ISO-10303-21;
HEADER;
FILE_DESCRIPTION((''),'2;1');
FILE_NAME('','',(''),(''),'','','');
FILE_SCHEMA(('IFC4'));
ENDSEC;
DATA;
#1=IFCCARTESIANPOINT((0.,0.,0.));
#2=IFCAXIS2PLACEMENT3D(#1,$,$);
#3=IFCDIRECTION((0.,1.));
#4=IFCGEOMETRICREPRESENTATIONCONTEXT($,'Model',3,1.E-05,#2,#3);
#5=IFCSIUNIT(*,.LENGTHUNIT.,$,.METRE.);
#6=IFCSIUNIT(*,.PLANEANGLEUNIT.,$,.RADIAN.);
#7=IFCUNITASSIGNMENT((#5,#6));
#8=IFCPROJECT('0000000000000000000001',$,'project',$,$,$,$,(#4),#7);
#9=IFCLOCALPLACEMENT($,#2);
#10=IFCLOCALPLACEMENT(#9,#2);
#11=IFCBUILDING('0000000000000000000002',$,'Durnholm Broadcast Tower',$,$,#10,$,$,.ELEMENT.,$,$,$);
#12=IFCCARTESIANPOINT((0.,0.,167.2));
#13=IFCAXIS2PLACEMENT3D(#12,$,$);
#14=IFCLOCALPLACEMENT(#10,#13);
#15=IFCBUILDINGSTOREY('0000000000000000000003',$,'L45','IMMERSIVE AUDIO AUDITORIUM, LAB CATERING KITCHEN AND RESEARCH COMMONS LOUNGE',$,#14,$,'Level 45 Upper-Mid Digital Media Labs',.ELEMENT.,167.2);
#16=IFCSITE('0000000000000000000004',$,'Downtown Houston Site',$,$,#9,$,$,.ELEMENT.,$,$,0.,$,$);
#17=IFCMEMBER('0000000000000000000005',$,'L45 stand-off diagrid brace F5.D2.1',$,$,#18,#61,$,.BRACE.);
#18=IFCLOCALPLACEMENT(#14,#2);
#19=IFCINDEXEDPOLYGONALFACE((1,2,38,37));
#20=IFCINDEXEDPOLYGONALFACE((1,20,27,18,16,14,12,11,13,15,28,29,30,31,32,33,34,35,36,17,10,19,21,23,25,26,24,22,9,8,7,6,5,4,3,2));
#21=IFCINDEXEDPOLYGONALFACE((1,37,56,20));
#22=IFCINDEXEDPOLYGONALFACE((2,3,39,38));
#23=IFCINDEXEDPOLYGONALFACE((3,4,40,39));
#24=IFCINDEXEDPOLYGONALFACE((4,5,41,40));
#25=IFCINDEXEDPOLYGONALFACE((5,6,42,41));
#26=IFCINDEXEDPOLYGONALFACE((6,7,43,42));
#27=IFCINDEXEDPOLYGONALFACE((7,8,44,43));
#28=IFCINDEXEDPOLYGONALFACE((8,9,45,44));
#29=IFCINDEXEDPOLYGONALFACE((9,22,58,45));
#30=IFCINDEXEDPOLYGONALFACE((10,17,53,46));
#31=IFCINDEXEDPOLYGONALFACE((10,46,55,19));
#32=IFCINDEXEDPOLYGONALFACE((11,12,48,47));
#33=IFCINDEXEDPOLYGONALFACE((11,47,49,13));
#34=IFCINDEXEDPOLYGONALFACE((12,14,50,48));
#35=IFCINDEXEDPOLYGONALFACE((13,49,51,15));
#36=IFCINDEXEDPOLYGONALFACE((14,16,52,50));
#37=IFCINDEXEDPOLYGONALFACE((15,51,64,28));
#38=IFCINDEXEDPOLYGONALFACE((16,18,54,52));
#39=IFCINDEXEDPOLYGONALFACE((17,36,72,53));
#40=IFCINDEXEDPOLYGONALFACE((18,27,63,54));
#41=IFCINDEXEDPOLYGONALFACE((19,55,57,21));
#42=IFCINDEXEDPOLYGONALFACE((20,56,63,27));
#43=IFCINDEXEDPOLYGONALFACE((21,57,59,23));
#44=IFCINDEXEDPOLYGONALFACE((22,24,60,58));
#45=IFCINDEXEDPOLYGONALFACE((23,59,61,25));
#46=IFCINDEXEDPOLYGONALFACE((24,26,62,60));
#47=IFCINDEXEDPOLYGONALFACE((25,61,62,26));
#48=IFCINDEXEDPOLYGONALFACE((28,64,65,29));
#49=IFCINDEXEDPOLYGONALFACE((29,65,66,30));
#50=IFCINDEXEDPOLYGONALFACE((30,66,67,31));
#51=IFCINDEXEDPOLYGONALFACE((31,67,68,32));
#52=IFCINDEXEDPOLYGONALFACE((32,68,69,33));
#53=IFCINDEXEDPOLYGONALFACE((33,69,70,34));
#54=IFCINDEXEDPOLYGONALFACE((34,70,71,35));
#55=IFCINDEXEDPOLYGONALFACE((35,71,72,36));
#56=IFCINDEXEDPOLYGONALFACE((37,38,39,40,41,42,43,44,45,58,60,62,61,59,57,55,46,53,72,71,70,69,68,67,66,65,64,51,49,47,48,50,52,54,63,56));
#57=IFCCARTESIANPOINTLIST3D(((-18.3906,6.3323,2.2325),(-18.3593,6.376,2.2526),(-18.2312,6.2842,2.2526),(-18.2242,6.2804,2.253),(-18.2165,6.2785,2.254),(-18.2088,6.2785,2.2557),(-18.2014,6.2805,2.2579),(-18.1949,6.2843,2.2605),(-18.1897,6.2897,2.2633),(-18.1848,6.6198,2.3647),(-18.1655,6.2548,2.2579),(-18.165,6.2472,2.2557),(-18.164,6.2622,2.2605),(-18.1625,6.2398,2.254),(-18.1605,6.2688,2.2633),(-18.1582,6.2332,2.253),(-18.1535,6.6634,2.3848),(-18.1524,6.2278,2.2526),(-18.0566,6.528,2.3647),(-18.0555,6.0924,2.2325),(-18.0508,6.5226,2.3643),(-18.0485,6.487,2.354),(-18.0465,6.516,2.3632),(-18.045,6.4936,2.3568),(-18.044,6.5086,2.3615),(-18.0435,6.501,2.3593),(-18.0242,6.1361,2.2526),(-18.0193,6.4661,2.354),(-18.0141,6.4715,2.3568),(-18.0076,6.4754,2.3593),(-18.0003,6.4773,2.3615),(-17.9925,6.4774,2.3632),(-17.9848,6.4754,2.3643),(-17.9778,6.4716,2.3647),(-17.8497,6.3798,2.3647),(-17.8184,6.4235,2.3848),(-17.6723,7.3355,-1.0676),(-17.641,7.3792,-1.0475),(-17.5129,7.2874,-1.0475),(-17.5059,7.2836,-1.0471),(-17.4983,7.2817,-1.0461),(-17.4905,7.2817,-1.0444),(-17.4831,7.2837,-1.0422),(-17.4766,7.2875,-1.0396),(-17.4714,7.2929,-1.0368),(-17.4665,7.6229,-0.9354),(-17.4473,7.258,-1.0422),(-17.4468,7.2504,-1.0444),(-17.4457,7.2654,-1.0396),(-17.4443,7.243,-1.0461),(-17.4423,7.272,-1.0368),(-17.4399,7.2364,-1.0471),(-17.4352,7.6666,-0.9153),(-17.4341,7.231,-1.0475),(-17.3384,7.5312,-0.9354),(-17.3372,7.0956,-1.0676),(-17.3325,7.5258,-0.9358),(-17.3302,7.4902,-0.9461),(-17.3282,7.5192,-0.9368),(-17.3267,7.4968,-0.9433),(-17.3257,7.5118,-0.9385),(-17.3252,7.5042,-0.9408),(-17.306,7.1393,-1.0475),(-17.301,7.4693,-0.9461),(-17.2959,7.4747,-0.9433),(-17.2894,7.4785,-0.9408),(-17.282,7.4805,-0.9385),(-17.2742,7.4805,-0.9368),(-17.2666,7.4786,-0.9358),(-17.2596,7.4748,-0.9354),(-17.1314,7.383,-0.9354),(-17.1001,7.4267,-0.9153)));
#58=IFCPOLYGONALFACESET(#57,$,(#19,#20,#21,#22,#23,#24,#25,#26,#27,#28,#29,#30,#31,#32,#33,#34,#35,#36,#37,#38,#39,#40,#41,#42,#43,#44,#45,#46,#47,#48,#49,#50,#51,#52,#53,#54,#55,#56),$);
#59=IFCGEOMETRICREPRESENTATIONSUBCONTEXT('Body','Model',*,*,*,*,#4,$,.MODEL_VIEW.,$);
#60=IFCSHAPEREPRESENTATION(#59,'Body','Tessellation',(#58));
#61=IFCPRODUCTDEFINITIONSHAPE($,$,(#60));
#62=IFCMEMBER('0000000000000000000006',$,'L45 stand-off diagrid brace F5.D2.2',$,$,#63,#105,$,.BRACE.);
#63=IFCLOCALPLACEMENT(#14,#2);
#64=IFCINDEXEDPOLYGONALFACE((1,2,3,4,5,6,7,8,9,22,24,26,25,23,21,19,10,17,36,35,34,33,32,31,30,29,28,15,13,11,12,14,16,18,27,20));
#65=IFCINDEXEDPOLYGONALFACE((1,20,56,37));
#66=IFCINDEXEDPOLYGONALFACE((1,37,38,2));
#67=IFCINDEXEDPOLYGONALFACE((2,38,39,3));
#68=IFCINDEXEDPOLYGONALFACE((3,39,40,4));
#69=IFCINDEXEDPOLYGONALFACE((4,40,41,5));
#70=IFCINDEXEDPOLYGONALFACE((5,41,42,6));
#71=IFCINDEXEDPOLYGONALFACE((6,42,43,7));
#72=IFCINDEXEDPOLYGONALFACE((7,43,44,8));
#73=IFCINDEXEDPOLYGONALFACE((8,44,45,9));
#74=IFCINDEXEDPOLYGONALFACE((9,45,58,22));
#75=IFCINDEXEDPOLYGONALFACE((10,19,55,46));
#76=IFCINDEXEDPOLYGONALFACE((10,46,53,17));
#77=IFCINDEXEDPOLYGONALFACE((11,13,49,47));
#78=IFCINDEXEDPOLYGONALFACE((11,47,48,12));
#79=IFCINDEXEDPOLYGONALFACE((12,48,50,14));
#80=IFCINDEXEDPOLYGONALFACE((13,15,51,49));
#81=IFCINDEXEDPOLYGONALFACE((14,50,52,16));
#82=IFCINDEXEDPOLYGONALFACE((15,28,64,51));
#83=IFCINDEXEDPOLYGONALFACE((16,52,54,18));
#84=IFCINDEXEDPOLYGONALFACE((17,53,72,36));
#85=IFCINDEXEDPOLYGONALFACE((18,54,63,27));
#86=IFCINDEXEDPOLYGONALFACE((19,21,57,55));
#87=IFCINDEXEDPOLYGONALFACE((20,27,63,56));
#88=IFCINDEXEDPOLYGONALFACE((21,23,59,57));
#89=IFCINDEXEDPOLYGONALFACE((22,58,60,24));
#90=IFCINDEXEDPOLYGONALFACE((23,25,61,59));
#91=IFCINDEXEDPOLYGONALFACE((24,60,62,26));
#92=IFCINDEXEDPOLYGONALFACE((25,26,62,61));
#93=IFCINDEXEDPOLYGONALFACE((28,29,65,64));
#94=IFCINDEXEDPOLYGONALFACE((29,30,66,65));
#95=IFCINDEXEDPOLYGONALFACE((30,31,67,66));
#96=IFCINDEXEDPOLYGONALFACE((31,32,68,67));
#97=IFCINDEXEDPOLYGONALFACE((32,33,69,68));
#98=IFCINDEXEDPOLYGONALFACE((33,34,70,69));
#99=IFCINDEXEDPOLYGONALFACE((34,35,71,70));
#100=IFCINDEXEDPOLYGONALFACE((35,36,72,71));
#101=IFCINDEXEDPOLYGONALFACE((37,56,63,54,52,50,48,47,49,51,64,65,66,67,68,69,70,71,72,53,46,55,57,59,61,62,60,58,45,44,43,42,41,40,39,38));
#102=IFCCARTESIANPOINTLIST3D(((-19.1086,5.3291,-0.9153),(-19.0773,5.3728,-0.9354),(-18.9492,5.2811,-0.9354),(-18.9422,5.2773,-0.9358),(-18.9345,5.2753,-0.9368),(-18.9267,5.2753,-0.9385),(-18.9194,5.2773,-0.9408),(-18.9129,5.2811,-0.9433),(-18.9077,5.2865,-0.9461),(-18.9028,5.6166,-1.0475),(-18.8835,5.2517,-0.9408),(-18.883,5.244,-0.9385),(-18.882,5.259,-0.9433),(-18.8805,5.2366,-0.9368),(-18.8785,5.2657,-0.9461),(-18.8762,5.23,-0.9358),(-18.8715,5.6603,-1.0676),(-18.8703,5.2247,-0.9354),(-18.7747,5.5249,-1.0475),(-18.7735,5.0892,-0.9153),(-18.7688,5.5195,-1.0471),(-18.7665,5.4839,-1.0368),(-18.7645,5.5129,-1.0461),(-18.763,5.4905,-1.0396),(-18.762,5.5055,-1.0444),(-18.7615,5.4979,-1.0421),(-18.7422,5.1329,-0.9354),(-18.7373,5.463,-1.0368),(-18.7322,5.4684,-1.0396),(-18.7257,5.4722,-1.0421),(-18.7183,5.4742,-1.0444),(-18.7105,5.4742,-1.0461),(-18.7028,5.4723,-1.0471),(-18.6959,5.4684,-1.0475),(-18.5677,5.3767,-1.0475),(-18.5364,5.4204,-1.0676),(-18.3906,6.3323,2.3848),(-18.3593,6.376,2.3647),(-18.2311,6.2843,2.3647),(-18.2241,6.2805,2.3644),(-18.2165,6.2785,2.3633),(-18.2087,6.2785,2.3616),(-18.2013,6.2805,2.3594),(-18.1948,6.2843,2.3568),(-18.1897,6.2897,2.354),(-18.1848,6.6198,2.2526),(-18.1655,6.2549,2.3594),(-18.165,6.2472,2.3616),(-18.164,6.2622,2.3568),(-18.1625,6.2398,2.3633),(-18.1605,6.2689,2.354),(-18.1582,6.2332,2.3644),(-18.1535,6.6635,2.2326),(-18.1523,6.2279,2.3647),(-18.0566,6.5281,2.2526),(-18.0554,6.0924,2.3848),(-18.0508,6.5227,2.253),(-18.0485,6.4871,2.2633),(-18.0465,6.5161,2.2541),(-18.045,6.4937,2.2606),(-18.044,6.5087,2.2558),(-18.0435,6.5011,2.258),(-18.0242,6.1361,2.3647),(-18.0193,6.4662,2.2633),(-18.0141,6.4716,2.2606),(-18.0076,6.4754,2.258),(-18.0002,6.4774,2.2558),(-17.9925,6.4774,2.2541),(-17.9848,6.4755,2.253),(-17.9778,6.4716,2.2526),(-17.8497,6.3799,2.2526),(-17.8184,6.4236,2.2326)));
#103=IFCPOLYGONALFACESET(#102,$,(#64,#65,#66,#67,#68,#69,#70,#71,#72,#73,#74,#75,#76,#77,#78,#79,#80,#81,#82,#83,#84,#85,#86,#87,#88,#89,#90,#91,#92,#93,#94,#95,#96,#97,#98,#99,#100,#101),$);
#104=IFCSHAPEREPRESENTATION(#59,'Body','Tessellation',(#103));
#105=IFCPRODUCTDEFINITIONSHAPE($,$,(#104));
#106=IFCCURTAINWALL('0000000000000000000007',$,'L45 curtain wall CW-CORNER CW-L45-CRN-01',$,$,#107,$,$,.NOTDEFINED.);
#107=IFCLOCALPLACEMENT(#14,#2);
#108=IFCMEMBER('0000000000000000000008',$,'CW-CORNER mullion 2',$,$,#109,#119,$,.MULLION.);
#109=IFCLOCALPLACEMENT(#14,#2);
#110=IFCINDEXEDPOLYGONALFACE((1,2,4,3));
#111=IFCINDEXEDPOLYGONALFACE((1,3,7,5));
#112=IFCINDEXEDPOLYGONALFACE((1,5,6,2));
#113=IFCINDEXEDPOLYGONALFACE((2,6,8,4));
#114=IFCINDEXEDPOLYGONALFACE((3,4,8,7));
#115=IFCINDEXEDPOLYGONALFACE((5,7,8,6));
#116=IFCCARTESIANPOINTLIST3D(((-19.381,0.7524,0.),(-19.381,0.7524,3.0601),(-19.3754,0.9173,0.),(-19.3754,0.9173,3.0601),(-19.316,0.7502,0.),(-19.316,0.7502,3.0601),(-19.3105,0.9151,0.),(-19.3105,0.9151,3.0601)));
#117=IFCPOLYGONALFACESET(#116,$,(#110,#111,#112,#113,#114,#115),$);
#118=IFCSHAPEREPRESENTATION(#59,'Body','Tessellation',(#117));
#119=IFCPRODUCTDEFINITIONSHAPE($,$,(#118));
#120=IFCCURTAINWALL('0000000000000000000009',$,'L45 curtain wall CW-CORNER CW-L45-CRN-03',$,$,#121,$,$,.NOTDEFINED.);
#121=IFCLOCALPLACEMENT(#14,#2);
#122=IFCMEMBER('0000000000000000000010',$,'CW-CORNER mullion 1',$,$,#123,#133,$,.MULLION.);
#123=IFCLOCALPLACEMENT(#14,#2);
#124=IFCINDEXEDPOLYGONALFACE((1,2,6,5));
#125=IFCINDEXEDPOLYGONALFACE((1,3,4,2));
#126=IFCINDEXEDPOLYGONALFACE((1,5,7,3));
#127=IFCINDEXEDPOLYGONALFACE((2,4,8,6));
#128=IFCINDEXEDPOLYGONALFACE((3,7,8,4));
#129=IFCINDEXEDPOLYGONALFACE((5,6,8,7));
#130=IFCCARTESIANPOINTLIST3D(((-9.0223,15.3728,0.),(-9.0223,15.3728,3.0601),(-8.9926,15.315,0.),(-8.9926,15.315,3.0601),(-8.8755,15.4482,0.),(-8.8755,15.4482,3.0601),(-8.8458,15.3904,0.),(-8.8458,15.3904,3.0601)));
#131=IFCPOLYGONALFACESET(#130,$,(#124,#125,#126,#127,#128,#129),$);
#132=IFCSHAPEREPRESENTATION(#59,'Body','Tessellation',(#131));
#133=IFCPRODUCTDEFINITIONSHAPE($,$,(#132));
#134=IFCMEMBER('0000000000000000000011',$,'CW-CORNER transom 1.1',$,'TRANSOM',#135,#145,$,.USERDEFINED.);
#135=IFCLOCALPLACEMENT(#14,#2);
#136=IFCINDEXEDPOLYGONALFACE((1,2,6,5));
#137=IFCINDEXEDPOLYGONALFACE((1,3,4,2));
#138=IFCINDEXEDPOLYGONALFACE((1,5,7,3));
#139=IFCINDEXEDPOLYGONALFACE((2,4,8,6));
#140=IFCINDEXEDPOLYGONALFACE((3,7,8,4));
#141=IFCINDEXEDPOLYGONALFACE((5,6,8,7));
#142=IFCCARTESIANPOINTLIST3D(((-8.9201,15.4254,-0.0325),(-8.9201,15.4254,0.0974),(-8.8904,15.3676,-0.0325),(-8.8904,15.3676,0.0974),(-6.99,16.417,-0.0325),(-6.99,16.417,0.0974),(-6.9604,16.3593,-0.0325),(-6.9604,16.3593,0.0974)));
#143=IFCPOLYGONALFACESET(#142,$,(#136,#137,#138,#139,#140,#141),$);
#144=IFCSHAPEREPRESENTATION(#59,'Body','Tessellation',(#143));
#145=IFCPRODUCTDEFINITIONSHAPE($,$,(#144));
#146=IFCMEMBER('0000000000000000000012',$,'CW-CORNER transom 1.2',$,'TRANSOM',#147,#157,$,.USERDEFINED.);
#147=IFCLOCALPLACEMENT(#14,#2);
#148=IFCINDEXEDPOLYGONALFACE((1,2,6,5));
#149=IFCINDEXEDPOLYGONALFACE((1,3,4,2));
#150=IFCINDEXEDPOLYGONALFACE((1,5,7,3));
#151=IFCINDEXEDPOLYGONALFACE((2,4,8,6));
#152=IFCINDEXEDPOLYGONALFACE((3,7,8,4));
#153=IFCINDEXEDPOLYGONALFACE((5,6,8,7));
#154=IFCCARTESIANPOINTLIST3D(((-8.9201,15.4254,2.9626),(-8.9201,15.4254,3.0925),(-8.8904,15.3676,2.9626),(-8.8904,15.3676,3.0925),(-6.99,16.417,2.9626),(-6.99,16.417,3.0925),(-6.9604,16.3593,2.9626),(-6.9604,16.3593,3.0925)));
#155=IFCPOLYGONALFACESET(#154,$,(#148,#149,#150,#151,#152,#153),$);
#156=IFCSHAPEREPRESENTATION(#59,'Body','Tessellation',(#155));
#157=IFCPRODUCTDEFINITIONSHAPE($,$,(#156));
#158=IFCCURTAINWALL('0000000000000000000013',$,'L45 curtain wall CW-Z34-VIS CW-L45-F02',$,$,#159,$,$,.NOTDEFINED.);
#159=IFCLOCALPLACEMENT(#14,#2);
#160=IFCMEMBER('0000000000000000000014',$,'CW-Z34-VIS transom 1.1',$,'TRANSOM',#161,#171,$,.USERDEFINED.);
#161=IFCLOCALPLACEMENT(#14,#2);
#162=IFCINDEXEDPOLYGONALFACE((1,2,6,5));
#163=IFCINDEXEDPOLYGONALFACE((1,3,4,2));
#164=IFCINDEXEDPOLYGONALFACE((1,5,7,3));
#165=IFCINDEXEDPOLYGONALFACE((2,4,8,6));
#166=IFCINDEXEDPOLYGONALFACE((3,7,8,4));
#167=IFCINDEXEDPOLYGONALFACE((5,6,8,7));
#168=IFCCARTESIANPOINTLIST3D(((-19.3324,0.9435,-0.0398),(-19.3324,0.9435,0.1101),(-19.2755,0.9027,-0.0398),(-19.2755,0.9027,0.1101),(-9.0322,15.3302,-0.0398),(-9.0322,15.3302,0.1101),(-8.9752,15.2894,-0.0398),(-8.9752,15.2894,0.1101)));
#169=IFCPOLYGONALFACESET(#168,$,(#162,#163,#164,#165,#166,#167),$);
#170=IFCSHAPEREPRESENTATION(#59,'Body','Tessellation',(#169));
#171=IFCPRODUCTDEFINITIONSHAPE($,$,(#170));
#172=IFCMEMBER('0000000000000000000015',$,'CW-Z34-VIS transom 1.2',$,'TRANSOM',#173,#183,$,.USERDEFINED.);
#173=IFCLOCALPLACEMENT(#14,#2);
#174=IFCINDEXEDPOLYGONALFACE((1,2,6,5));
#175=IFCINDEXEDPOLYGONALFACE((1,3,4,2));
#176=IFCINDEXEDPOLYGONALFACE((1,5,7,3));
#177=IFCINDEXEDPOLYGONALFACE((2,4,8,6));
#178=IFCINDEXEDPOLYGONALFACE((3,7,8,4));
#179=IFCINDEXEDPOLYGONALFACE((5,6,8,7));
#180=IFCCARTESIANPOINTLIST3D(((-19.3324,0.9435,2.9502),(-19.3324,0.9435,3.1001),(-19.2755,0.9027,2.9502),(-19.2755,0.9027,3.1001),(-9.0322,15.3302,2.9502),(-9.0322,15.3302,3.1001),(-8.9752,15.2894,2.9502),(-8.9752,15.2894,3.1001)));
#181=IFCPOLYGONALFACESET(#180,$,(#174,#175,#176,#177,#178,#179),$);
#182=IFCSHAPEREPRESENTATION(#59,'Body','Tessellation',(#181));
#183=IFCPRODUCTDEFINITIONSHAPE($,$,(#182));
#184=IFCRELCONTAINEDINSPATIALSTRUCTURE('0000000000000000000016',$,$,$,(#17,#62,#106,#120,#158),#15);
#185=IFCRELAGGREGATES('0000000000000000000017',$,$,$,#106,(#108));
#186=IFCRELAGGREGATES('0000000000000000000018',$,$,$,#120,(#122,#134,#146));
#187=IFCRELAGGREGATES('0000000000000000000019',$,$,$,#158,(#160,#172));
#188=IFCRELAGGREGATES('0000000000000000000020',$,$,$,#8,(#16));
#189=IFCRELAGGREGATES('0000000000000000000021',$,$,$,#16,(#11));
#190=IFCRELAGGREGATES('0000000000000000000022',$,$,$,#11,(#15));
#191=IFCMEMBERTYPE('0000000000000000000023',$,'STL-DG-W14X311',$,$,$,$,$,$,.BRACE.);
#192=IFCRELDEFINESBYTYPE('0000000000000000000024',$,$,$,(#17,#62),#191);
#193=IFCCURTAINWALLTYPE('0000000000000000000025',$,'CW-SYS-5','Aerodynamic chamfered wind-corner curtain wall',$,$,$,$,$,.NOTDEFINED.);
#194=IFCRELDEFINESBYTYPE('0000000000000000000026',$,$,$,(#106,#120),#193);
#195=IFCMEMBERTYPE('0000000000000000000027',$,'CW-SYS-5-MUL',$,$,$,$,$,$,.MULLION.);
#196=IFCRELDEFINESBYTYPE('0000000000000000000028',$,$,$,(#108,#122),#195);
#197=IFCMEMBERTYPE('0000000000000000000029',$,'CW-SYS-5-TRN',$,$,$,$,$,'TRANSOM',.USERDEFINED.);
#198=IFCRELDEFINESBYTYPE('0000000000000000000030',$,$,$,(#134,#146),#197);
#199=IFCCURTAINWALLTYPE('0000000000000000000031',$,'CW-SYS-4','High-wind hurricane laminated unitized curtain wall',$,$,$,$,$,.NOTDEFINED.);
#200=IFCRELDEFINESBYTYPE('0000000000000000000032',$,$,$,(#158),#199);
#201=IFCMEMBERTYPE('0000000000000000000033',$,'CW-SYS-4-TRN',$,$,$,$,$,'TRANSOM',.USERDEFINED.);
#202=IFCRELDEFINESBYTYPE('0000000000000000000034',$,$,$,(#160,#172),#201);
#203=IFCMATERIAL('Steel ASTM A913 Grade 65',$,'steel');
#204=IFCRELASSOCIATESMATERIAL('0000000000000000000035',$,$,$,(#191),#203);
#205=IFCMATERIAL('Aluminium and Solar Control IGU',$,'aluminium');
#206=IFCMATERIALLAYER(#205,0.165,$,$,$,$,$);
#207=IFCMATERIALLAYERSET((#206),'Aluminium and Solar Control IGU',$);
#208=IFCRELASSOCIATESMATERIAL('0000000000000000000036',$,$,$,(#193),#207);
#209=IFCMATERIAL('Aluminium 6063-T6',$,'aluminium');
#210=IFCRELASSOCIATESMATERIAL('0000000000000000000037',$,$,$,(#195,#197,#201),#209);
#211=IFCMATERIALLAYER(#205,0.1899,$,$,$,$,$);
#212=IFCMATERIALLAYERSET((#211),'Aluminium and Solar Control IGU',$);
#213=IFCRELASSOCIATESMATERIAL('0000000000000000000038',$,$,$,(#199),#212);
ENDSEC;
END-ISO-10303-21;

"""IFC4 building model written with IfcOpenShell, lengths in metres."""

from ifc_helpers import new_model, si_unit, direction, frame, origin, origin_2d, place, context, subcontext, project, spatial, rectangle, i_section, extrude, source, transform, mapped, material, layer, layer_set, material_profile, profile_set, type_object, type_shapes, element, aggregate, save


model = new_model("IFC4")

# Units and contexts
model_context = context("Model", 3, precision=1e-05, world=origin(), true_north=direction((0.0, 1.0)))
body_context = subcontext(model_context, "Body", "Model", "MODEL_VIEW")
ifc_project = project(units=[si_unit("LENGTHUNIT", "METRE"), si_unit("PLANEANGLEUNIT", "RADIAN")], contexts=[model_context])

# Site, building, storey
site_placement = place(None, origin())
site = spatial("IfcSite", under=ifc_project, at=site_placement, Name="Downtown Houston Site", CompositionType="ELEMENT", RefElevation=0.0)
building_placement = place(site_placement, origin())
building = spatial("IfcBuilding", under=site, at=building_placement, Name="Durnholm Broadcast Tower", CompositionType="ELEMENT")
storey_placement = place(building_placement, frame((0.0, 0.0, 167.2)))
storey = spatial("IfcBuildingStorey", under=building, at=storey_placement, Name="L45", Description="IMMERSIVE AUDIO AUDITORIUM, LAB CATERING KITCHEN AND RESEARCH COMMONS LOUNGE", LongName="Level 45 Upper-Mid Digital Media Labs", CompositionType="ELEMENT", Elevation=167.2)

# Members
ifc_material_1 = material(Name="Steel ASTM A913 Grade 65", Category="steel")
ifc_material_profile_1 = material_profile(ifc_material_1, i_section(OverallWidth=0.4121, OverallDepth=0.4348, WebThickness=0.0359, FlangeThickness=0.0574, FilletRadius=0.0305, at=origin_2d()), Name="W14X311")
ifc_profile_set_1 = profile_set([ifc_material_profile_1], Name="Steel ASTM A913 Grade 65")
member_type_1 = type_object("IfcMemberType", Name="STL-DG-W14X311", PredefinedType="BRACE", material=ifc_profile_set_1)
shared_shape_1 = source(origin(), body_context, "Body", "SweptSolid", [
    extrude(i_section(OverallWidth=0.4121, OverallDepth=0.4348, WebThickness=0.0359, FlangeThickness=0.0574, FilletRadius=0.0305, at=origin_2d()), origin(), (0.0, 0.0, 1.0), 3.5232),
])
type_shapes(member_type_1, [shared_shape_1])
for number, where, z_axis, x_axis, name in (
    (1, (-17.3862, 7.3811, -0.9915), (-0.203869, -0.284738, 0.936676), (0.813078, -0.582155, 0.0), "L45 stand-off diagrid brace F5.D2.1"),
    (2, (-18.8225, 5.3748, -0.9915), (0.203803, 0.284742, 0.936689), (-0.813171, 0.582024, 0.0), "L45 stand-off diagrid brace F5.D2.2"),
):
    element("IfcMember", number, at=place(storey_placement, frame(where, z_axis=z_axis, x_axis=x_axis)), inside=storey, type_object=member_type_1, Name=name, PredefinedType="BRACE", context=body_context, shape_type="MappedRepresentation", body=[
        mapped(shared_shape_1, transform((0.0, 0.0, 0.0), x_axis=(1.0, 0.0, 0.0), y_axis=(0.0, 1.0, 0.0), z_axis=(0.0, 0.0, 1.0), scale=1.0)),
    ])

# Curtain wall, member
ifc_material_2 = material(Name="Aluminium and Solar Control IGU", Category="aluminium")
ifc_layer_1 = layer(ifc_material_2, 0.165)
ifc_layer_set_1 = layer_set([ifc_layer_1], Name="Aluminium and Solar Control IGU")
curtain_wall_type_1 = type_object("IfcCurtainWallType", Name="CW-SYS-5", Description="Aerodynamic chamfered wind-corner curtain wall", PredefinedType="NOTDEFINED", material=ifc_layer_set_1)
curtain_wall_1_placement = place(storey_placement, origin())
curtain_wall_1 = element("IfcCurtainWall", 3, at=curtain_wall_1_placement, inside=storey, type_object=curtain_wall_type_1, Name="L45 curtain wall CW-CORNER CW-L45-CRN-01", PredefinedType="NOTDEFINED")
ifc_material_3 = material(Name="Aluminium 6063-T6", Category="aluminium")
ifc_material_profile_2 = material_profile(ifc_material_3, rectangle(XDim=0.0649, YDim=0.165, at=origin_2d()), Name="CWM65X165")
ifc_profile_set_2 = profile_set([ifc_material_profile_2], Name="Aluminium 6063-T6")
member_type_2 = type_object("IfcMemberType", Name="CW-SYS-5-MUL", PredefinedType="MULLION", material=ifc_profile_set_2)
shared_shape_2 = source(origin(), body_context, "Body", "SweptSolid", [
    extrude(rectangle(XDim=0.0649, YDim=0.165, at=origin_2d()), origin(), (0.0, 0.0, 1.0), 3.0601),
])
type_shapes(member_type_2, [shared_shape_2])
member_1_placement = place(storey_placement, frame((-19.3457, 0.8337, 0.0), z_axis=(0.0, 0.0, 1.0), x_axis=(-0.999425, 0.033913, 0.0)))
member_1 = element("IfcMember", 4, at=member_1_placement, type_object=member_type_2, Name="CW-CORNER mullion 2", PredefinedType="MULLION", context=body_context, shape_type="MappedRepresentation", body=[
    mapped(shared_shape_2, transform((0.0, 0.0, 0.0), x_axis=(1.0, 0.0, 0.0), y_axis=(0.0, 1.0, 0.0), z_axis=(0.0, 0.0, 1.0), scale=1.0)),
])
aggregate(curtain_wall_1, [member_1])

# Curtain walls, members
curtain_wall_2_placement = place(storey_placement, origin())
curtain_wall_2 = element("IfcCurtainWall", 5, at=curtain_wall_2_placement, inside=storey, type_object=curtain_wall_type_1, Name="L45 curtain wall CW-CORNER CW-L45-CRN-03", PredefinedType="NOTDEFINED")
member_2_placement = place(storey_placement, frame((-8.9341, 15.3816, 0.0), z_axis=(0.0, 0.0, 1.0), x_axis=(-0.457082, 0.889425, 0.0)))
member_2 = element("IfcMember", 6, at=member_2_placement, type_object=member_type_2, Name="CW-CORNER mullion 1", PredefinedType="MULLION", context=body_context, shape_type="MappedRepresentation", body=[
    mapped(shared_shape_2, transform((0.0, 0.0, 0.0), x_axis=(1.0, 0.0, 0.0), y_axis=(0.0, 1.0, 0.0), z_axis=(0.0, 0.0, 1.0), scale=1.0)),
])
ifc_material_profile_3 = material_profile(ifc_material_3, rectangle(XDim=0.0649, YDim=0.1299, at=origin_2d()), Name="CWT65X130")
ifc_profile_set_3 = profile_set([ifc_material_profile_3], Name="Aluminium 6063-T6")
member_type_3 = type_object("IfcMemberType", Name="CW-SYS-5-TRN", ElementType="TRANSOM", PredefinedType="USERDEFINED", material=ifc_profile_set_3)
shared_shape_3 = source(origin(), body_context, "Body", "SweptSolid", [
    extrude(rectangle(XDim=0.0649, YDim=0.1299, at=origin_2d()), origin(), (0.0, 0.0, 1.0), 2.1699),
])
type_shapes(member_type_3, [shared_shape_3])
member_3_placement = place(storey_placement, frame((-8.9053, 15.3965, 0.0325), z_axis=(0.889468, 0.456997, 0.0), x_axis=(-0.456997, 0.889468, 0.0)))
member_3 = element("IfcMember", 7, at=member_3_placement, type_object=member_type_3, Name="CW-CORNER transom 1.1", ObjectType="TRANSOM", PredefinedType="USERDEFINED", context=body_context, shape_type="MappedRepresentation", body=[
    mapped(shared_shape_3, transform((0.0, 0.0, 0.0), x_axis=(1.0, 0.0, 0.0), y_axis=(0.0, 1.0, 0.0), z_axis=(0.0, 0.0, 1.0), scale=1.0)),
])
member_4_placement = place(storey_placement, frame((-8.9053, 15.3965, 3.0276), z_axis=(0.889468, 0.456997, 0.0), x_axis=(-0.456997, 0.889468, 0.0)))
member_4 = element("IfcMember", 8, at=member_4_placement, type_object=member_type_3, Name="CW-CORNER transom 1.2", ObjectType="TRANSOM", PredefinedType="USERDEFINED", context=body_context, shape_type="MappedRepresentation", body=[
    mapped(shared_shape_3, transform((0.0, 0.0, 0.0), x_axis=(1.0, 0.0, 0.0), y_axis=(0.0, 1.0, 0.0), z_axis=(0.0, 0.0, 1.0), scale=1.0)),
])
ifc_layer_2 = layer(ifc_material_2, 0.1899)
ifc_layer_set_2 = layer_set([ifc_layer_2], Name="Aluminium and Solar Control IGU")
curtain_wall_type_2 = type_object("IfcCurtainWallType", Name="CW-SYS-4", Description="High-wind hurricane laminated unitized curtain wall", PredefinedType="NOTDEFINED", material=ifc_layer_set_2)
curtain_wall_3_placement = place(storey_placement, origin())
curtain_wall_3 = element("IfcCurtainWall", 9, at=curtain_wall_3_placement, inside=storey, type_object=curtain_wall_type_2, Name="L45 curtain wall CW-Z34-VIS CW-L45-F02", PredefinedType="NOTDEFINED")
ifc_material_profile_4 = material_profile(ifc_material_3, rectangle(XDim=0.0701, YDim=0.1499, at=origin_2d()), Name="CWT70X150")
ifc_profile_set_4 = profile_set([ifc_material_profile_4], Name="Aluminium 6063-T6")
member_type_4 = type_object("IfcMemberType", Name="CW-SYS-4-TRN", ElementType="TRANSOM", PredefinedType="USERDEFINED", material=ifc_profile_set_4)
shared_shape_4 = source(origin(), body_context, "Body", "SweptSolid", [
    extrude(rectangle(XDim=0.0701, YDim=0.1499, at=origin_2d()), origin(), (0.0, 0.0, 1.0), 17.6938),
])
type_shapes(member_type_4, [shared_shape_4])
member_5_placement = place(storey_placement, frame((-19.304, 0.9231, 0.0352), z_axis=(0.582138, 0.81309, 0.0), x_axis=(-0.81309, 0.582138, 0.0)))
member_5 = element("IfcMember", 10, at=member_5_placement, type_object=member_type_4, Name="CW-Z34-VIS transom 1.1", ObjectType="TRANSOM", PredefinedType="USERDEFINED", context=body_context, shape_type="MappedRepresentation", body=[
    mapped(shared_shape_4, transform((0.0, 0.0, 0.0), x_axis=(1.0, 0.0, 0.0), y_axis=(0.0, 1.0, 0.0), z_axis=(0.0, 0.0, 1.0), scale=1.0)),
])
member_6_placement = place(storey_placement, frame((-19.304, 0.9231, 3.0251), z_axis=(0.582138, 0.81309, 0.0), x_axis=(-0.81309, 0.582138, 0.0)))
member_6 = element("IfcMember", 11, at=member_6_placement, type_object=member_type_4, Name="CW-Z34-VIS transom 1.2", ObjectType="TRANSOM", PredefinedType="USERDEFINED", context=body_context, shape_type="MappedRepresentation", body=[
    mapped(shared_shape_4, transform((0.0, 0.0, 0.0), x_axis=(1.0, 0.0, 0.0), y_axis=(0.0, 1.0, 0.0), z_axis=(0.0, 0.0, 1.0), scale=1.0)),
])

aggregate(curtain_wall_2, [member_2, member_3, member_4])
aggregate(curtain_wall_3, [member_5, member_6])

save(model, "model.ifc")
